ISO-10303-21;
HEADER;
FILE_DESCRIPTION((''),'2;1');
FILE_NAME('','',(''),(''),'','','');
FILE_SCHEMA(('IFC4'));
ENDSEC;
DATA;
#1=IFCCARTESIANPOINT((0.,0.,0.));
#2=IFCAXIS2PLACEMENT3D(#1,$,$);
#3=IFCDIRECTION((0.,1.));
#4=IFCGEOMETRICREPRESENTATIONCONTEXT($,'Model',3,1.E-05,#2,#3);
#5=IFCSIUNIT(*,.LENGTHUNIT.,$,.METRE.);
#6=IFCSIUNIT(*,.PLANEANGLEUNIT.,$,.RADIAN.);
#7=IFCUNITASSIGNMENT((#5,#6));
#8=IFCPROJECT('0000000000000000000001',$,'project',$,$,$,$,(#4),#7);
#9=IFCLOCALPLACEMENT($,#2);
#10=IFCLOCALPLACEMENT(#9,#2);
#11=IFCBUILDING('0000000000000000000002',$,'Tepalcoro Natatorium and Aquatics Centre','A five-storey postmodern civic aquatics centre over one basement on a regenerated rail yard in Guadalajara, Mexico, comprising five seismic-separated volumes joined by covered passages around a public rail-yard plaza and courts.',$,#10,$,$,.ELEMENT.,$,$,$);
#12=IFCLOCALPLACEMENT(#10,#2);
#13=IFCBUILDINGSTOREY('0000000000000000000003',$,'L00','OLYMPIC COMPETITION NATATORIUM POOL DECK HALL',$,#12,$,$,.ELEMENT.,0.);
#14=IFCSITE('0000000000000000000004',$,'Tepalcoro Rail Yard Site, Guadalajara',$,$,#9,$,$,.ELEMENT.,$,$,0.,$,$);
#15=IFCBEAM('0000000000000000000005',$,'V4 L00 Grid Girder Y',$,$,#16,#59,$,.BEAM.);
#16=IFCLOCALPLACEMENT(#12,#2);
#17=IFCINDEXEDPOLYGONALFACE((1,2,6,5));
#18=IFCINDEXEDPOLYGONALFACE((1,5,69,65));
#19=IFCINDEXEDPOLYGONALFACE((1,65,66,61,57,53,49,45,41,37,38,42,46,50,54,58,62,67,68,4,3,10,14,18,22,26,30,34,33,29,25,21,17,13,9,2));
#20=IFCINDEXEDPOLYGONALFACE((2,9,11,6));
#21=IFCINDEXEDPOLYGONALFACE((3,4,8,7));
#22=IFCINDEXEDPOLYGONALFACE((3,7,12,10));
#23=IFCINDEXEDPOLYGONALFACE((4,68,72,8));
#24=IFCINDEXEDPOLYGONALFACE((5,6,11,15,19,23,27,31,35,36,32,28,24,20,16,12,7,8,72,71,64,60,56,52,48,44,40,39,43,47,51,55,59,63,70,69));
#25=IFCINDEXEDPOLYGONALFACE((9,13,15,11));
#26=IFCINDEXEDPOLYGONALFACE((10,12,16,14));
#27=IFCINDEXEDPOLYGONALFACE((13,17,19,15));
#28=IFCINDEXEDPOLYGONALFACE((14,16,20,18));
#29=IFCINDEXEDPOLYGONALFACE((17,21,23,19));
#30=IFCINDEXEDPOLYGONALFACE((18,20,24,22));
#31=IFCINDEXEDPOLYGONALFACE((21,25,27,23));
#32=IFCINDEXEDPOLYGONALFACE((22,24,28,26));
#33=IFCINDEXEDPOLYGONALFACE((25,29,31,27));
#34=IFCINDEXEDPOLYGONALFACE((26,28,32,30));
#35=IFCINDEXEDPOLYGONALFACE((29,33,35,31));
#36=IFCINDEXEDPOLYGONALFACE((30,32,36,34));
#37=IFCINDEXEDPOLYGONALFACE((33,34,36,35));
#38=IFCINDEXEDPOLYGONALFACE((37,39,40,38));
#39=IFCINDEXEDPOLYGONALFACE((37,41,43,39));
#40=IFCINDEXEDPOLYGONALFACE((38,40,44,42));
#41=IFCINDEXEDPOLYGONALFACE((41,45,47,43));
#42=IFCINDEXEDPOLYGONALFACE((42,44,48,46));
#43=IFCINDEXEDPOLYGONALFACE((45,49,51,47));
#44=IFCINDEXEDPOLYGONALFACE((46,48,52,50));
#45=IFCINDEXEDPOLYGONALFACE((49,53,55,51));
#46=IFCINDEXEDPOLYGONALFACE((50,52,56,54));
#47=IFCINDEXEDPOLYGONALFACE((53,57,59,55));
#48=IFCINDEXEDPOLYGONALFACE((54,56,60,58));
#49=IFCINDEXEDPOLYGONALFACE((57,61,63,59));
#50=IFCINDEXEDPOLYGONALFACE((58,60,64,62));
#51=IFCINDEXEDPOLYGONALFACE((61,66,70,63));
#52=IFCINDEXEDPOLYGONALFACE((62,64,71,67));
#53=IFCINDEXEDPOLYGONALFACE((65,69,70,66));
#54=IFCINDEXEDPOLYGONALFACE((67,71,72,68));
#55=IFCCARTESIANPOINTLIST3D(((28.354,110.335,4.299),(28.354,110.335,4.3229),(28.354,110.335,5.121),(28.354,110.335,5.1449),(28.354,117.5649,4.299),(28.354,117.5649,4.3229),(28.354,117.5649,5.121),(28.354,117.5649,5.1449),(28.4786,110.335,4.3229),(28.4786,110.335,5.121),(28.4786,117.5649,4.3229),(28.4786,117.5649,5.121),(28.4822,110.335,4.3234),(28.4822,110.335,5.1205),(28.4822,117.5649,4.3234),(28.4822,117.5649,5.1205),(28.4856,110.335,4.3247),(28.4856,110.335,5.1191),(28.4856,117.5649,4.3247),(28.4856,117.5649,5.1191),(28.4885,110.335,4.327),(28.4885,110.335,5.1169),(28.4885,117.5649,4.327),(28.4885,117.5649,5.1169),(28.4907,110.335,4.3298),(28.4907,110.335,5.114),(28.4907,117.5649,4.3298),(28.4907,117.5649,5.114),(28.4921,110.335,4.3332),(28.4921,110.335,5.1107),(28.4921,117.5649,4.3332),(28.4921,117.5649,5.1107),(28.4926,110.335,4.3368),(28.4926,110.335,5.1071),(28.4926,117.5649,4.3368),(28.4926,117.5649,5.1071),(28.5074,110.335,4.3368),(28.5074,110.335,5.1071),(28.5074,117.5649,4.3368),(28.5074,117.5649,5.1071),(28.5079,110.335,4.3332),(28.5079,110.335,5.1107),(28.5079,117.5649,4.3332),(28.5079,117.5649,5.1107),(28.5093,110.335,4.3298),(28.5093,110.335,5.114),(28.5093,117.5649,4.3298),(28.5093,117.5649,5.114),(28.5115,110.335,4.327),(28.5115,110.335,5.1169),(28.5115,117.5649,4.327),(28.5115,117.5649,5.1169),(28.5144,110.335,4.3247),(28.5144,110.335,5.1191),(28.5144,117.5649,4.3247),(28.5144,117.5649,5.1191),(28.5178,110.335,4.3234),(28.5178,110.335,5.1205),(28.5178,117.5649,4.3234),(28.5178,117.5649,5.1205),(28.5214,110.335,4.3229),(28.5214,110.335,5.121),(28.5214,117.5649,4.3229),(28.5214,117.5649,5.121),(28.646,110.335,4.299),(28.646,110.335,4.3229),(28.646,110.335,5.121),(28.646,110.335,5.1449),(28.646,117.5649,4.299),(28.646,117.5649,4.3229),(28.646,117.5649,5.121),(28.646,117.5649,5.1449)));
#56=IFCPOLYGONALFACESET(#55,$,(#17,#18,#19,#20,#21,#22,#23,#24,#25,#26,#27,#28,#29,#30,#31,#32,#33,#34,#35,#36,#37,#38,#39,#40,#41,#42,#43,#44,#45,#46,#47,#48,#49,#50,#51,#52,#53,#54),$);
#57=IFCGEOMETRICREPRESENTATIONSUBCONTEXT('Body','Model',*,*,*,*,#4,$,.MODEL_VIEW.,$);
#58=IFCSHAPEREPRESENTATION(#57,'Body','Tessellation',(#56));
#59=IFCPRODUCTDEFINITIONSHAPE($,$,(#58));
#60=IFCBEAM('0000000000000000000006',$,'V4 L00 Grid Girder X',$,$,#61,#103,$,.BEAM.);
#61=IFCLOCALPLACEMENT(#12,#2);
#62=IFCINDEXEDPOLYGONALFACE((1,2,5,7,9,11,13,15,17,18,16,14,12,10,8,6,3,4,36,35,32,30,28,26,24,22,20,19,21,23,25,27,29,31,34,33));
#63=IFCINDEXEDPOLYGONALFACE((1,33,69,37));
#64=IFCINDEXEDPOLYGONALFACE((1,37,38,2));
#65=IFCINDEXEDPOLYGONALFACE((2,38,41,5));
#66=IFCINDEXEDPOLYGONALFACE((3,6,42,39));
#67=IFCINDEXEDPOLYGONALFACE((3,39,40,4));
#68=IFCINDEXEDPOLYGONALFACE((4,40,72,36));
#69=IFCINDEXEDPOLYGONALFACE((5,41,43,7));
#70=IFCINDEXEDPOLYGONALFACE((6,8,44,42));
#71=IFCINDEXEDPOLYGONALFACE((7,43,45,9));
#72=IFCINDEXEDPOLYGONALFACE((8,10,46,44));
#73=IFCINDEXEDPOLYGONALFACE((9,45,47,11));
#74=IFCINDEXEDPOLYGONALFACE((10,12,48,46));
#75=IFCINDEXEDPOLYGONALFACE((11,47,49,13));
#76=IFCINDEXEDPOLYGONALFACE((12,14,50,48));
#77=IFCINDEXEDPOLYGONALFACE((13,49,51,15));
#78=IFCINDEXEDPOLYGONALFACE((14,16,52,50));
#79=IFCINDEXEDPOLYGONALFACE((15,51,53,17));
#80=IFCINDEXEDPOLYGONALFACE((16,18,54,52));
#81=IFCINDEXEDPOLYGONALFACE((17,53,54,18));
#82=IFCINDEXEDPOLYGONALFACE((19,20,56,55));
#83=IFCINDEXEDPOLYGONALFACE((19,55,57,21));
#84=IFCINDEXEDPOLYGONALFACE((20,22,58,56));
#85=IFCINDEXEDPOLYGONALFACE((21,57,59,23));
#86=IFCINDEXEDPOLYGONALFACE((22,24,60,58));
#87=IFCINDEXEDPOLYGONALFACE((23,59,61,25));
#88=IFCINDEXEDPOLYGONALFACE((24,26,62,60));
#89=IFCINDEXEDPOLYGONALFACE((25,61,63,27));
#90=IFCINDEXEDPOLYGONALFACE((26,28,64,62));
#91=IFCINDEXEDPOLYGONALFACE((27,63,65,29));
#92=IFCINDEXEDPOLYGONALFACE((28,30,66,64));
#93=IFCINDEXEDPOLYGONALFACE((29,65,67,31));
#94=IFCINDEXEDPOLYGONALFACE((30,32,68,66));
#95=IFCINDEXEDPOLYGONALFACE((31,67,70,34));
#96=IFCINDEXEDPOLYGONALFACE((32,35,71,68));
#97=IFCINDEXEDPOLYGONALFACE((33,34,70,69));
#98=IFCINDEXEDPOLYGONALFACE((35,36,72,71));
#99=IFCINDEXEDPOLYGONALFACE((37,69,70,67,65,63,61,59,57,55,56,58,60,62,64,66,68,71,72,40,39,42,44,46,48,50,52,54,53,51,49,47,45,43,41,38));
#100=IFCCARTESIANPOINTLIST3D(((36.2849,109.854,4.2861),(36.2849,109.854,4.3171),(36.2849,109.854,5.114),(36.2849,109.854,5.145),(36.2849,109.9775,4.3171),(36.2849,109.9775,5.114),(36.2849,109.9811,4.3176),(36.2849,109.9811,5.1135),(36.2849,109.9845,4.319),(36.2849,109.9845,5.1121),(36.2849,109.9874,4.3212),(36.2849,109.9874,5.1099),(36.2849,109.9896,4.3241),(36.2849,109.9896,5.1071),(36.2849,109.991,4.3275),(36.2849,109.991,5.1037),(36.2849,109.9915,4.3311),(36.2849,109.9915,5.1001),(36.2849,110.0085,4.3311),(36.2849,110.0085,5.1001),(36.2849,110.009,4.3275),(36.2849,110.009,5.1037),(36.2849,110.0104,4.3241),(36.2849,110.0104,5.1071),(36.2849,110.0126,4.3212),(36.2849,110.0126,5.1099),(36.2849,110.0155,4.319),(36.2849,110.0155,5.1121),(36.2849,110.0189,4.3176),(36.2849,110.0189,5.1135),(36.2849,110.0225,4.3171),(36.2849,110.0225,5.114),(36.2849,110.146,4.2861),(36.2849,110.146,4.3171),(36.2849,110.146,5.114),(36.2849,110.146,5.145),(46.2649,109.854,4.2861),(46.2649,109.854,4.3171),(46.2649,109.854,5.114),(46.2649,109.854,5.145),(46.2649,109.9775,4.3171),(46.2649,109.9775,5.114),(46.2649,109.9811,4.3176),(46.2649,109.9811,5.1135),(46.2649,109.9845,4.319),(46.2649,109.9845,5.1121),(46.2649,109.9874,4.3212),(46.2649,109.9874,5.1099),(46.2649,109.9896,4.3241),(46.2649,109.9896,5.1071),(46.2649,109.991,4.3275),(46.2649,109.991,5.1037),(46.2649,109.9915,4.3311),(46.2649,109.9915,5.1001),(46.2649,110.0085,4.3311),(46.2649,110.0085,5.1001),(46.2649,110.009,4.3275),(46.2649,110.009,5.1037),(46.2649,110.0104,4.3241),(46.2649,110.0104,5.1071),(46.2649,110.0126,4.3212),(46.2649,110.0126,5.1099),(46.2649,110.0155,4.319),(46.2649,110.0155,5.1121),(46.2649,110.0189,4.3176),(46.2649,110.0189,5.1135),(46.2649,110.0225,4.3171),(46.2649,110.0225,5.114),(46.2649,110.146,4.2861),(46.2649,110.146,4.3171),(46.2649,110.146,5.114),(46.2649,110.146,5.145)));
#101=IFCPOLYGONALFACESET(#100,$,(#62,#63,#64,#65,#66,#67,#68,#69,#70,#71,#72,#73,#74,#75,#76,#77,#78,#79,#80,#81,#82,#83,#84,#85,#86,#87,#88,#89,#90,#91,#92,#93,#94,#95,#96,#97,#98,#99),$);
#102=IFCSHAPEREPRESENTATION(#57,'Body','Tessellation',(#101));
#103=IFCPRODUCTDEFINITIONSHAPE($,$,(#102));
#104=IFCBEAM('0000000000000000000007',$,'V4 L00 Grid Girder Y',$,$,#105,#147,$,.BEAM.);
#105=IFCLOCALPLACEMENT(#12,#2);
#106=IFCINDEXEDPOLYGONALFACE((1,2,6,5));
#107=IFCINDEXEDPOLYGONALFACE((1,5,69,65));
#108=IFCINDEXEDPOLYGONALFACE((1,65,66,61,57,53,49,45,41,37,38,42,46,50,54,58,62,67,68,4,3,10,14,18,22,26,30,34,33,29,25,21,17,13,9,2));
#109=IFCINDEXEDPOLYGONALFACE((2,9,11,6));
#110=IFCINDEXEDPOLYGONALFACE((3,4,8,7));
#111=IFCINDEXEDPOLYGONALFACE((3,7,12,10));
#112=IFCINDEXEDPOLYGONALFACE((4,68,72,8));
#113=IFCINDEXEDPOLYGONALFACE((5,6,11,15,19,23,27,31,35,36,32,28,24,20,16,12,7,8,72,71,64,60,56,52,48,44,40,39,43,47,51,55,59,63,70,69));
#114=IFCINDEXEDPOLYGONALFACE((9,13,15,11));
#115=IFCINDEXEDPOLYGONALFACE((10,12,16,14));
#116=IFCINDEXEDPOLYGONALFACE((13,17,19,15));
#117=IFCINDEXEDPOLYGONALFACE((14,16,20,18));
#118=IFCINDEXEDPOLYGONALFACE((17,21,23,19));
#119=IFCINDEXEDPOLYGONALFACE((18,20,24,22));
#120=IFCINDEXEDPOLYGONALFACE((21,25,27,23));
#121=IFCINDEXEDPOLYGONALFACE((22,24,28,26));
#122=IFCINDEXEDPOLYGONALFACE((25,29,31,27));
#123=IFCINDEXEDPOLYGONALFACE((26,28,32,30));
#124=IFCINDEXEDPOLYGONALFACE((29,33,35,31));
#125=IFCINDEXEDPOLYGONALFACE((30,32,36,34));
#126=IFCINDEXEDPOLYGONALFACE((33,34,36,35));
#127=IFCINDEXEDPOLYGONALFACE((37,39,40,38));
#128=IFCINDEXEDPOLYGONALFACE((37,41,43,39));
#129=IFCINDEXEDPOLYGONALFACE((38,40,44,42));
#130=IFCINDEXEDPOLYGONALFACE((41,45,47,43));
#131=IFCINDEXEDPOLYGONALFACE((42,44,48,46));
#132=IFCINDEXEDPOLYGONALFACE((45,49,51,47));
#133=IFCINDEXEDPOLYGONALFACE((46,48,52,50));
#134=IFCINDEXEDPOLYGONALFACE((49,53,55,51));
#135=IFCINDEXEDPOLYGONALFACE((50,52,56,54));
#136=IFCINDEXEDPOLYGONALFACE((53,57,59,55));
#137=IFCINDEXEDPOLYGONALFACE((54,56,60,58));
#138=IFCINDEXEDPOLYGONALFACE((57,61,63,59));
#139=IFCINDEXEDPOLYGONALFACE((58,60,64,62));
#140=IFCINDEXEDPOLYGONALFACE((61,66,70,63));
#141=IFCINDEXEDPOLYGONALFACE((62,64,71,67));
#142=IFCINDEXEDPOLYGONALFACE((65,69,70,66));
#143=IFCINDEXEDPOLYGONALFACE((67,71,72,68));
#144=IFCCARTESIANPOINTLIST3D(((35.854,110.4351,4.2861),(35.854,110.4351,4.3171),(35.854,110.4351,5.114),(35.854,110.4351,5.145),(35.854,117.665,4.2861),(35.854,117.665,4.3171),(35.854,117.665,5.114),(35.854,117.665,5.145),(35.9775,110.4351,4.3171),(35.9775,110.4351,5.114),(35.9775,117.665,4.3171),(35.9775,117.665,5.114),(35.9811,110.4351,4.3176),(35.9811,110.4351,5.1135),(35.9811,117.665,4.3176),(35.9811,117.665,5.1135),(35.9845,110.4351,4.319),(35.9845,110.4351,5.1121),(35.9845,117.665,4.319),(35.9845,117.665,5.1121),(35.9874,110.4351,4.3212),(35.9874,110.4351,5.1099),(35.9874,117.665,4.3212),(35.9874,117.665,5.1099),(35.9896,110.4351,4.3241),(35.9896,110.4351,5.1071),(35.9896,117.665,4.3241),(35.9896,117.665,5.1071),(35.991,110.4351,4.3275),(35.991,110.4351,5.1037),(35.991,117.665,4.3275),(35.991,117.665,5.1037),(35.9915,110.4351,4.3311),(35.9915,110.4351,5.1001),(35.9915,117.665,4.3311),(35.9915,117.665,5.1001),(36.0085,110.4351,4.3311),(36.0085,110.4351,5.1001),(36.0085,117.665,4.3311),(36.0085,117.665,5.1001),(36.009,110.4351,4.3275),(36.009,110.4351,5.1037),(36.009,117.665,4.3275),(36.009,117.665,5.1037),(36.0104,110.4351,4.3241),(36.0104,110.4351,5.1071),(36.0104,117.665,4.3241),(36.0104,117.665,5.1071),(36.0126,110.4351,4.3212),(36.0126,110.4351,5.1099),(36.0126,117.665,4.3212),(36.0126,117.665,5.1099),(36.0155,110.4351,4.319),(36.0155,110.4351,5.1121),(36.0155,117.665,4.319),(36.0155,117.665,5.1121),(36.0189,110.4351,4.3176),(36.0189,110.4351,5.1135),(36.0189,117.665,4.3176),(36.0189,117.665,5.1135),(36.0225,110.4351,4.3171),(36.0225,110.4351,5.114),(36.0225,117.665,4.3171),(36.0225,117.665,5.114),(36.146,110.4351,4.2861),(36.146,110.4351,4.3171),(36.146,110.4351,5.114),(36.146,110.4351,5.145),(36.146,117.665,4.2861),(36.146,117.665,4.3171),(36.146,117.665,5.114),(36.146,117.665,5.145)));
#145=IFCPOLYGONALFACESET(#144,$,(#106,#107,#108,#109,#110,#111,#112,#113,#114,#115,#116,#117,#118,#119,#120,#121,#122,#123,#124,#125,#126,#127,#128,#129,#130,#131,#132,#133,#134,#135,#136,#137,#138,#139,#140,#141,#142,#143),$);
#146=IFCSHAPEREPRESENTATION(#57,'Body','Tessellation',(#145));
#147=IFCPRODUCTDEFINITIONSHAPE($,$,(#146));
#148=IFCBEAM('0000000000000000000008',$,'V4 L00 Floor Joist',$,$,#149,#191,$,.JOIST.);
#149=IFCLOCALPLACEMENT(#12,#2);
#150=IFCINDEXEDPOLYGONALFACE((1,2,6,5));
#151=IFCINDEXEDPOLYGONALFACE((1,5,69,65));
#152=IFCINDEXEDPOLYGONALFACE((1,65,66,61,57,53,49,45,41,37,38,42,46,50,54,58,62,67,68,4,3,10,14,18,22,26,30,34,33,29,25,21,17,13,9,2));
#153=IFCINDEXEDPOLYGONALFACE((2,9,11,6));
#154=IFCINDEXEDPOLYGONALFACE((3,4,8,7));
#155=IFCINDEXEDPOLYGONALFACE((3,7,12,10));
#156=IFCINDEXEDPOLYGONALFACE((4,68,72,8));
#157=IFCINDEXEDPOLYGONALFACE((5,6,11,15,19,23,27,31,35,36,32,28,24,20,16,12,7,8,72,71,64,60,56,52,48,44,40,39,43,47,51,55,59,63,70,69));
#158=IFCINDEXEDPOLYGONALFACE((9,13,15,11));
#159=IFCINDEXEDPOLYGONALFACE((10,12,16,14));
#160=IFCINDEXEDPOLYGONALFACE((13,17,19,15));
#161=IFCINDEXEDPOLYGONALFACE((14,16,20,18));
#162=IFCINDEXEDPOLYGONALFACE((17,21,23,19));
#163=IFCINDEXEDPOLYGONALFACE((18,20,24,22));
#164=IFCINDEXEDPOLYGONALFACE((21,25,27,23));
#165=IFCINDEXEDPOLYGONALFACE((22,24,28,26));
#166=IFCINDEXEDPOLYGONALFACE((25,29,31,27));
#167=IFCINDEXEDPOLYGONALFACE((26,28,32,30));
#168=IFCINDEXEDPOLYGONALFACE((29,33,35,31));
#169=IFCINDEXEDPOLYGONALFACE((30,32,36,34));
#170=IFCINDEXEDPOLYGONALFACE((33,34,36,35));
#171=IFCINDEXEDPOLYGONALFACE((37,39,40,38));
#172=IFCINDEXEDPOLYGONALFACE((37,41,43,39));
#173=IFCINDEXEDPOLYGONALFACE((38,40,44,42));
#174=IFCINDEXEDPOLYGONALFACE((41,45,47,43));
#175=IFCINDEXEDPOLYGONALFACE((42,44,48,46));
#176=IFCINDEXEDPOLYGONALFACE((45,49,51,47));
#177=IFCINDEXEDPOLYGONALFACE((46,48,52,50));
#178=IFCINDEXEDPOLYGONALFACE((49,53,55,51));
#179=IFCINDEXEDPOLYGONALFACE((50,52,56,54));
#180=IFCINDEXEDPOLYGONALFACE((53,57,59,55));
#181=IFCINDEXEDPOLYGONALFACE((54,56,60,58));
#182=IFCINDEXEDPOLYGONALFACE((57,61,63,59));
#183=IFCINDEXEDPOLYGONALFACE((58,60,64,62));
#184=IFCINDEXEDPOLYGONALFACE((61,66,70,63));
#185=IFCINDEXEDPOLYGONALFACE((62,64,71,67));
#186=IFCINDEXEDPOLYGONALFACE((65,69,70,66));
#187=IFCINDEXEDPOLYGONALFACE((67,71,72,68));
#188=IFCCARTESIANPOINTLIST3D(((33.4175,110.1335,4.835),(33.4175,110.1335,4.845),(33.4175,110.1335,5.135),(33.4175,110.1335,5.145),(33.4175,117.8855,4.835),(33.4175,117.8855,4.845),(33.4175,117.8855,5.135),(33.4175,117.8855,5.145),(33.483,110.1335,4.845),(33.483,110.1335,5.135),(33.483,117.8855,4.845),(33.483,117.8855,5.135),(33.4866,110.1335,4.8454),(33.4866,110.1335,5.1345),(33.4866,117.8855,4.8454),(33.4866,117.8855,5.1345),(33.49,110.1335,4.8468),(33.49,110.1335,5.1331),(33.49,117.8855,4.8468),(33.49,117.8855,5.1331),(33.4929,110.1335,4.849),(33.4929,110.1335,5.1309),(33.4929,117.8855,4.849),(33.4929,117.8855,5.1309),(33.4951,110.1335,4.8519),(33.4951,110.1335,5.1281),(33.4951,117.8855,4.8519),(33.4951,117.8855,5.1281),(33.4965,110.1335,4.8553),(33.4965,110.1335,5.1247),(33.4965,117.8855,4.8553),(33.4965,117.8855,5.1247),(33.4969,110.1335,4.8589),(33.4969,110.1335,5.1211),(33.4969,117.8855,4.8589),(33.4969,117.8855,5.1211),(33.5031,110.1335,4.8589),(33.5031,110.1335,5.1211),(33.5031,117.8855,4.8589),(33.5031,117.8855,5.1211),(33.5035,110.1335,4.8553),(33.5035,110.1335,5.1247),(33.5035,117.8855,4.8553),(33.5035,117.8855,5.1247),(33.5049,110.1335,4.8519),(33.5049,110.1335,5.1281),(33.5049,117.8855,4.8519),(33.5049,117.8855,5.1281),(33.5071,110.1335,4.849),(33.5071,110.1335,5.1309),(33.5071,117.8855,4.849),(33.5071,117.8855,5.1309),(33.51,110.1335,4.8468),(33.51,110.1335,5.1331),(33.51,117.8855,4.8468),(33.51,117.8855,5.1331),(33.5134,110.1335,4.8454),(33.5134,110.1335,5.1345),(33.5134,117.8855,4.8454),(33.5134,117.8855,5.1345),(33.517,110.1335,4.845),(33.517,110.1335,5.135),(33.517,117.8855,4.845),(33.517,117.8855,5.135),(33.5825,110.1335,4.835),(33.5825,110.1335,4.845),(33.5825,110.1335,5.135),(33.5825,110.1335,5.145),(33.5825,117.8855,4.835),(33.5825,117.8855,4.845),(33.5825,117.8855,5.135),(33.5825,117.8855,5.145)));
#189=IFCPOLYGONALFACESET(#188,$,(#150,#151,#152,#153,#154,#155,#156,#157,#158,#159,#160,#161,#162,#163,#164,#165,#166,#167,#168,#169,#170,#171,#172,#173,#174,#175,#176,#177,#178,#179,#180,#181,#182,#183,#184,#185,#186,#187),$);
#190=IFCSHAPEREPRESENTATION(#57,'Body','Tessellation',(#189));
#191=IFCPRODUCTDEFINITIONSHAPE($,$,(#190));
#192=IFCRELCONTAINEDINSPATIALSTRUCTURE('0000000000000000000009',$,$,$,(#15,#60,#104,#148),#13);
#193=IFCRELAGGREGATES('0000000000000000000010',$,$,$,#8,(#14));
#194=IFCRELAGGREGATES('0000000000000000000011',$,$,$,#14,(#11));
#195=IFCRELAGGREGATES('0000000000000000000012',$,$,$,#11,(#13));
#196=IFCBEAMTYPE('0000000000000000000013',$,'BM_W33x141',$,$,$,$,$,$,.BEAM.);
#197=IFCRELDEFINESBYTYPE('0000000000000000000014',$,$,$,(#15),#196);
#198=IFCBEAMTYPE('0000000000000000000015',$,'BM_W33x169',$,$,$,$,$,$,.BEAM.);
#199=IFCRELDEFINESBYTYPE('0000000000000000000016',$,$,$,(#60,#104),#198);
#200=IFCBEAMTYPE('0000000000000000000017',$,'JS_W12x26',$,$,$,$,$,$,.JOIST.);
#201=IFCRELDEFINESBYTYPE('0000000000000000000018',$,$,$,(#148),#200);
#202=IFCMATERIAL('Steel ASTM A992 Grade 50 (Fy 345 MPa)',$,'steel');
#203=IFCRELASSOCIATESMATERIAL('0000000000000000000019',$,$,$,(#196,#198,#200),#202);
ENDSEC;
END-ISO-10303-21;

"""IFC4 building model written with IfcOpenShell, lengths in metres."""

from ifc_helpers import new_model, si_unit, direction, frame, origin, origin_2d, place, context, subcontext, project, spatial, i_section, extrude, material, material_profile, profile_set, type_object, element, save


model = new_model("IFC4")

# Units and contexts
model_context = context("Model", 3, precision=1e-05, world=origin(), true_north=direction((0.0, 1.0)))
body_context = subcontext(model_context, "Body", "Model", "MODEL_VIEW")
ifc_project = project(units=[si_unit("LENGTHUNIT", "METRE"), si_unit("PLANEANGLEUNIT", "RADIAN")], contexts=[model_context])

# Site, building, storey
site_placement = place(None, origin())
site = spatial("IfcSite", under=ifc_project, at=site_placement, Name="Tepalcoro Rail Yard Site, Guadalajara", CompositionType="ELEMENT", RefElevation=0.0)
building_placement = place(site_placement, origin())
building = spatial("IfcBuilding", under=site, at=building_placement, Name="Tepalcoro Natatorium and Aquatics Centre", Description="A five-storey postmodern civic aquatics centre over one basement on a regenerated rail yard in Guadalajara, Mexico, comprising five seismic-separated volumes joined by covered passages around a public rail-yard plaza and courts.", CompositionType="ELEMENT")
storey_placement = place(building_placement, origin())
storey = spatial("IfcBuildingStorey", under=building, at=storey_placement, Name="L00", Description="OLYMPIC COMPETITION NATATORIUM POOL DECK HALL", CompositionType="ELEMENT", Elevation=0.0)

# Beams
ifc_material_1 = material(Name="Steel ASTM A992 Grade 50 (Fy 345 MPa)", Category="steel")
ifc_material_profile_1 = material_profile(ifc_material_1, i_section(OverallWidth=0.292, OverallDepth=0.8459, WebThickness=0.0149, FlangeThickness=0.0239, FilletRadius=0.0139, at=origin_2d()), Name="W33X141")
ifc_profile_set_1 = profile_set([ifc_material_profile_1], Name="Steel ASTM A992 Grade 50 (Fy 345 MPa)")
beam_type_1 = type_object("IfcBeamType", Name="BM_W33x141", PredefinedType="BEAM", material=ifc_profile_set_1)
beam_1_placement = place(storey_placement, frame((28.5, 110.335, 4.7219), z_axis=(0.0, 1.0, 0.0), x_axis=(-1.0, 0.0, 0.0)))
element("IfcBeam", 1, at=beam_1_placement, inside=storey, type_object=beam_type_1, Name="V4 L00 Grid Girder Y", PredefinedType="BEAM", context=body_context, shape_type="SweptSolid", body=[
    extrude(i_section(OverallWidth=0.292, OverallDepth=0.8459, WebThickness=0.0149, FlangeThickness=0.0239, FilletRadius=0.0139, at=origin_2d()), origin(), (0.0, 0.0, 1.0), 7.23),
])
ifc_material_profile_2 = material_profile(ifc_material_1, i_section(OverallWidth=0.292, OverallDepth=0.8589, WebThickness=0.0171, FlangeThickness=0.031, FilletRadius=0.0139, at=origin_2d()), Name="W33X169")
ifc_profile_set_2 = profile_set([ifc_material_profile_2], Name="Steel ASTM A992 Grade 50 (Fy 345 MPa)")
beam_type_2 = type_object("IfcBeamType", Name="BM_W33x169", PredefinedType="BEAM", material=ifc_profile_set_2)
beam_2_placement = place(storey_placement, frame((36.2849, 110.0, 4.7156), z_axis=(1.0, 0.0, 0.0), x_axis=(0.0, 1.0, 0.0)))
element("IfcBeam", 2, at=beam_2_placement, inside=storey, type_object=beam_type_2, Name="V4 L00 Grid Girder X", PredefinedType="BEAM", context=body_context, shape_type="SweptSolid", body=[
    extrude(i_section(OverallWidth=0.292, OverallDepth=0.8589, WebThickness=0.0171, FlangeThickness=0.031, FilletRadius=0.0139, at=origin_2d()), origin(), (0.0, 0.0, 1.0), 9.98),
])
beam_3_placement = place(storey_placement, frame((36.0, 110.4351, 4.7156), z_axis=(0.0, 1.0, 0.0), x_axis=(-1.0, 0.0, 0.0)))
element("IfcBeam", 3, at=beam_3_placement, inside=storey, type_object=beam_type_2, Name="V4 L00 Grid Girder Y", PredefinedType="BEAM", context=body_context, shape_type="SweptSolid", body=[
    extrude(i_section(OverallWidth=0.292, OverallDepth=0.8589, WebThickness=0.0171, FlangeThickness=0.031, FilletRadius=0.0139, at=origin_2d()), origin(), (0.0, 0.0, 1.0), 7.23),
])
ifc_material_profile_3 = material_profile(ifc_material_1, i_section(OverallWidth=0.165, OverallDepth=0.3101, WebThickness=0.0061, FlangeThickness=0.01, FilletRadius=0.0139, at=origin_2d()), Name="W12X26")
ifc_profile_set_3 = profile_set([ifc_material_profile_3], Name="Steel ASTM A992 Grade 50 (Fy 345 MPa)")
beam_type_3 = type_object("IfcBeamType", Name="JS_W12x26", PredefinedType="JOIST", material=ifc_profile_set_3)
beam_4_placement = place(storey_placement, frame((33.5, 110.1335, 4.99), z_axis=(0.0, 1.0, 0.0), x_axis=(-1.0, 0.0, 0.0)))
element("IfcBeam", 4, at=beam_4_placement, inside=storey, type_object=beam_type_3, Name="V4 L00 Floor Joist", PredefinedType="JOIST", context=body_context, shape_type="SweptSolid", body=[
    extrude(i_section(OverallWidth=0.165, OverallDepth=0.3101, WebThickness=0.0061, FlangeThickness=0.01, FilletRadius=0.0139, at=origin_2d()), origin(), (0.0, 0.0, 1.0), 7.752),
])

save(model, "model.ifc")
